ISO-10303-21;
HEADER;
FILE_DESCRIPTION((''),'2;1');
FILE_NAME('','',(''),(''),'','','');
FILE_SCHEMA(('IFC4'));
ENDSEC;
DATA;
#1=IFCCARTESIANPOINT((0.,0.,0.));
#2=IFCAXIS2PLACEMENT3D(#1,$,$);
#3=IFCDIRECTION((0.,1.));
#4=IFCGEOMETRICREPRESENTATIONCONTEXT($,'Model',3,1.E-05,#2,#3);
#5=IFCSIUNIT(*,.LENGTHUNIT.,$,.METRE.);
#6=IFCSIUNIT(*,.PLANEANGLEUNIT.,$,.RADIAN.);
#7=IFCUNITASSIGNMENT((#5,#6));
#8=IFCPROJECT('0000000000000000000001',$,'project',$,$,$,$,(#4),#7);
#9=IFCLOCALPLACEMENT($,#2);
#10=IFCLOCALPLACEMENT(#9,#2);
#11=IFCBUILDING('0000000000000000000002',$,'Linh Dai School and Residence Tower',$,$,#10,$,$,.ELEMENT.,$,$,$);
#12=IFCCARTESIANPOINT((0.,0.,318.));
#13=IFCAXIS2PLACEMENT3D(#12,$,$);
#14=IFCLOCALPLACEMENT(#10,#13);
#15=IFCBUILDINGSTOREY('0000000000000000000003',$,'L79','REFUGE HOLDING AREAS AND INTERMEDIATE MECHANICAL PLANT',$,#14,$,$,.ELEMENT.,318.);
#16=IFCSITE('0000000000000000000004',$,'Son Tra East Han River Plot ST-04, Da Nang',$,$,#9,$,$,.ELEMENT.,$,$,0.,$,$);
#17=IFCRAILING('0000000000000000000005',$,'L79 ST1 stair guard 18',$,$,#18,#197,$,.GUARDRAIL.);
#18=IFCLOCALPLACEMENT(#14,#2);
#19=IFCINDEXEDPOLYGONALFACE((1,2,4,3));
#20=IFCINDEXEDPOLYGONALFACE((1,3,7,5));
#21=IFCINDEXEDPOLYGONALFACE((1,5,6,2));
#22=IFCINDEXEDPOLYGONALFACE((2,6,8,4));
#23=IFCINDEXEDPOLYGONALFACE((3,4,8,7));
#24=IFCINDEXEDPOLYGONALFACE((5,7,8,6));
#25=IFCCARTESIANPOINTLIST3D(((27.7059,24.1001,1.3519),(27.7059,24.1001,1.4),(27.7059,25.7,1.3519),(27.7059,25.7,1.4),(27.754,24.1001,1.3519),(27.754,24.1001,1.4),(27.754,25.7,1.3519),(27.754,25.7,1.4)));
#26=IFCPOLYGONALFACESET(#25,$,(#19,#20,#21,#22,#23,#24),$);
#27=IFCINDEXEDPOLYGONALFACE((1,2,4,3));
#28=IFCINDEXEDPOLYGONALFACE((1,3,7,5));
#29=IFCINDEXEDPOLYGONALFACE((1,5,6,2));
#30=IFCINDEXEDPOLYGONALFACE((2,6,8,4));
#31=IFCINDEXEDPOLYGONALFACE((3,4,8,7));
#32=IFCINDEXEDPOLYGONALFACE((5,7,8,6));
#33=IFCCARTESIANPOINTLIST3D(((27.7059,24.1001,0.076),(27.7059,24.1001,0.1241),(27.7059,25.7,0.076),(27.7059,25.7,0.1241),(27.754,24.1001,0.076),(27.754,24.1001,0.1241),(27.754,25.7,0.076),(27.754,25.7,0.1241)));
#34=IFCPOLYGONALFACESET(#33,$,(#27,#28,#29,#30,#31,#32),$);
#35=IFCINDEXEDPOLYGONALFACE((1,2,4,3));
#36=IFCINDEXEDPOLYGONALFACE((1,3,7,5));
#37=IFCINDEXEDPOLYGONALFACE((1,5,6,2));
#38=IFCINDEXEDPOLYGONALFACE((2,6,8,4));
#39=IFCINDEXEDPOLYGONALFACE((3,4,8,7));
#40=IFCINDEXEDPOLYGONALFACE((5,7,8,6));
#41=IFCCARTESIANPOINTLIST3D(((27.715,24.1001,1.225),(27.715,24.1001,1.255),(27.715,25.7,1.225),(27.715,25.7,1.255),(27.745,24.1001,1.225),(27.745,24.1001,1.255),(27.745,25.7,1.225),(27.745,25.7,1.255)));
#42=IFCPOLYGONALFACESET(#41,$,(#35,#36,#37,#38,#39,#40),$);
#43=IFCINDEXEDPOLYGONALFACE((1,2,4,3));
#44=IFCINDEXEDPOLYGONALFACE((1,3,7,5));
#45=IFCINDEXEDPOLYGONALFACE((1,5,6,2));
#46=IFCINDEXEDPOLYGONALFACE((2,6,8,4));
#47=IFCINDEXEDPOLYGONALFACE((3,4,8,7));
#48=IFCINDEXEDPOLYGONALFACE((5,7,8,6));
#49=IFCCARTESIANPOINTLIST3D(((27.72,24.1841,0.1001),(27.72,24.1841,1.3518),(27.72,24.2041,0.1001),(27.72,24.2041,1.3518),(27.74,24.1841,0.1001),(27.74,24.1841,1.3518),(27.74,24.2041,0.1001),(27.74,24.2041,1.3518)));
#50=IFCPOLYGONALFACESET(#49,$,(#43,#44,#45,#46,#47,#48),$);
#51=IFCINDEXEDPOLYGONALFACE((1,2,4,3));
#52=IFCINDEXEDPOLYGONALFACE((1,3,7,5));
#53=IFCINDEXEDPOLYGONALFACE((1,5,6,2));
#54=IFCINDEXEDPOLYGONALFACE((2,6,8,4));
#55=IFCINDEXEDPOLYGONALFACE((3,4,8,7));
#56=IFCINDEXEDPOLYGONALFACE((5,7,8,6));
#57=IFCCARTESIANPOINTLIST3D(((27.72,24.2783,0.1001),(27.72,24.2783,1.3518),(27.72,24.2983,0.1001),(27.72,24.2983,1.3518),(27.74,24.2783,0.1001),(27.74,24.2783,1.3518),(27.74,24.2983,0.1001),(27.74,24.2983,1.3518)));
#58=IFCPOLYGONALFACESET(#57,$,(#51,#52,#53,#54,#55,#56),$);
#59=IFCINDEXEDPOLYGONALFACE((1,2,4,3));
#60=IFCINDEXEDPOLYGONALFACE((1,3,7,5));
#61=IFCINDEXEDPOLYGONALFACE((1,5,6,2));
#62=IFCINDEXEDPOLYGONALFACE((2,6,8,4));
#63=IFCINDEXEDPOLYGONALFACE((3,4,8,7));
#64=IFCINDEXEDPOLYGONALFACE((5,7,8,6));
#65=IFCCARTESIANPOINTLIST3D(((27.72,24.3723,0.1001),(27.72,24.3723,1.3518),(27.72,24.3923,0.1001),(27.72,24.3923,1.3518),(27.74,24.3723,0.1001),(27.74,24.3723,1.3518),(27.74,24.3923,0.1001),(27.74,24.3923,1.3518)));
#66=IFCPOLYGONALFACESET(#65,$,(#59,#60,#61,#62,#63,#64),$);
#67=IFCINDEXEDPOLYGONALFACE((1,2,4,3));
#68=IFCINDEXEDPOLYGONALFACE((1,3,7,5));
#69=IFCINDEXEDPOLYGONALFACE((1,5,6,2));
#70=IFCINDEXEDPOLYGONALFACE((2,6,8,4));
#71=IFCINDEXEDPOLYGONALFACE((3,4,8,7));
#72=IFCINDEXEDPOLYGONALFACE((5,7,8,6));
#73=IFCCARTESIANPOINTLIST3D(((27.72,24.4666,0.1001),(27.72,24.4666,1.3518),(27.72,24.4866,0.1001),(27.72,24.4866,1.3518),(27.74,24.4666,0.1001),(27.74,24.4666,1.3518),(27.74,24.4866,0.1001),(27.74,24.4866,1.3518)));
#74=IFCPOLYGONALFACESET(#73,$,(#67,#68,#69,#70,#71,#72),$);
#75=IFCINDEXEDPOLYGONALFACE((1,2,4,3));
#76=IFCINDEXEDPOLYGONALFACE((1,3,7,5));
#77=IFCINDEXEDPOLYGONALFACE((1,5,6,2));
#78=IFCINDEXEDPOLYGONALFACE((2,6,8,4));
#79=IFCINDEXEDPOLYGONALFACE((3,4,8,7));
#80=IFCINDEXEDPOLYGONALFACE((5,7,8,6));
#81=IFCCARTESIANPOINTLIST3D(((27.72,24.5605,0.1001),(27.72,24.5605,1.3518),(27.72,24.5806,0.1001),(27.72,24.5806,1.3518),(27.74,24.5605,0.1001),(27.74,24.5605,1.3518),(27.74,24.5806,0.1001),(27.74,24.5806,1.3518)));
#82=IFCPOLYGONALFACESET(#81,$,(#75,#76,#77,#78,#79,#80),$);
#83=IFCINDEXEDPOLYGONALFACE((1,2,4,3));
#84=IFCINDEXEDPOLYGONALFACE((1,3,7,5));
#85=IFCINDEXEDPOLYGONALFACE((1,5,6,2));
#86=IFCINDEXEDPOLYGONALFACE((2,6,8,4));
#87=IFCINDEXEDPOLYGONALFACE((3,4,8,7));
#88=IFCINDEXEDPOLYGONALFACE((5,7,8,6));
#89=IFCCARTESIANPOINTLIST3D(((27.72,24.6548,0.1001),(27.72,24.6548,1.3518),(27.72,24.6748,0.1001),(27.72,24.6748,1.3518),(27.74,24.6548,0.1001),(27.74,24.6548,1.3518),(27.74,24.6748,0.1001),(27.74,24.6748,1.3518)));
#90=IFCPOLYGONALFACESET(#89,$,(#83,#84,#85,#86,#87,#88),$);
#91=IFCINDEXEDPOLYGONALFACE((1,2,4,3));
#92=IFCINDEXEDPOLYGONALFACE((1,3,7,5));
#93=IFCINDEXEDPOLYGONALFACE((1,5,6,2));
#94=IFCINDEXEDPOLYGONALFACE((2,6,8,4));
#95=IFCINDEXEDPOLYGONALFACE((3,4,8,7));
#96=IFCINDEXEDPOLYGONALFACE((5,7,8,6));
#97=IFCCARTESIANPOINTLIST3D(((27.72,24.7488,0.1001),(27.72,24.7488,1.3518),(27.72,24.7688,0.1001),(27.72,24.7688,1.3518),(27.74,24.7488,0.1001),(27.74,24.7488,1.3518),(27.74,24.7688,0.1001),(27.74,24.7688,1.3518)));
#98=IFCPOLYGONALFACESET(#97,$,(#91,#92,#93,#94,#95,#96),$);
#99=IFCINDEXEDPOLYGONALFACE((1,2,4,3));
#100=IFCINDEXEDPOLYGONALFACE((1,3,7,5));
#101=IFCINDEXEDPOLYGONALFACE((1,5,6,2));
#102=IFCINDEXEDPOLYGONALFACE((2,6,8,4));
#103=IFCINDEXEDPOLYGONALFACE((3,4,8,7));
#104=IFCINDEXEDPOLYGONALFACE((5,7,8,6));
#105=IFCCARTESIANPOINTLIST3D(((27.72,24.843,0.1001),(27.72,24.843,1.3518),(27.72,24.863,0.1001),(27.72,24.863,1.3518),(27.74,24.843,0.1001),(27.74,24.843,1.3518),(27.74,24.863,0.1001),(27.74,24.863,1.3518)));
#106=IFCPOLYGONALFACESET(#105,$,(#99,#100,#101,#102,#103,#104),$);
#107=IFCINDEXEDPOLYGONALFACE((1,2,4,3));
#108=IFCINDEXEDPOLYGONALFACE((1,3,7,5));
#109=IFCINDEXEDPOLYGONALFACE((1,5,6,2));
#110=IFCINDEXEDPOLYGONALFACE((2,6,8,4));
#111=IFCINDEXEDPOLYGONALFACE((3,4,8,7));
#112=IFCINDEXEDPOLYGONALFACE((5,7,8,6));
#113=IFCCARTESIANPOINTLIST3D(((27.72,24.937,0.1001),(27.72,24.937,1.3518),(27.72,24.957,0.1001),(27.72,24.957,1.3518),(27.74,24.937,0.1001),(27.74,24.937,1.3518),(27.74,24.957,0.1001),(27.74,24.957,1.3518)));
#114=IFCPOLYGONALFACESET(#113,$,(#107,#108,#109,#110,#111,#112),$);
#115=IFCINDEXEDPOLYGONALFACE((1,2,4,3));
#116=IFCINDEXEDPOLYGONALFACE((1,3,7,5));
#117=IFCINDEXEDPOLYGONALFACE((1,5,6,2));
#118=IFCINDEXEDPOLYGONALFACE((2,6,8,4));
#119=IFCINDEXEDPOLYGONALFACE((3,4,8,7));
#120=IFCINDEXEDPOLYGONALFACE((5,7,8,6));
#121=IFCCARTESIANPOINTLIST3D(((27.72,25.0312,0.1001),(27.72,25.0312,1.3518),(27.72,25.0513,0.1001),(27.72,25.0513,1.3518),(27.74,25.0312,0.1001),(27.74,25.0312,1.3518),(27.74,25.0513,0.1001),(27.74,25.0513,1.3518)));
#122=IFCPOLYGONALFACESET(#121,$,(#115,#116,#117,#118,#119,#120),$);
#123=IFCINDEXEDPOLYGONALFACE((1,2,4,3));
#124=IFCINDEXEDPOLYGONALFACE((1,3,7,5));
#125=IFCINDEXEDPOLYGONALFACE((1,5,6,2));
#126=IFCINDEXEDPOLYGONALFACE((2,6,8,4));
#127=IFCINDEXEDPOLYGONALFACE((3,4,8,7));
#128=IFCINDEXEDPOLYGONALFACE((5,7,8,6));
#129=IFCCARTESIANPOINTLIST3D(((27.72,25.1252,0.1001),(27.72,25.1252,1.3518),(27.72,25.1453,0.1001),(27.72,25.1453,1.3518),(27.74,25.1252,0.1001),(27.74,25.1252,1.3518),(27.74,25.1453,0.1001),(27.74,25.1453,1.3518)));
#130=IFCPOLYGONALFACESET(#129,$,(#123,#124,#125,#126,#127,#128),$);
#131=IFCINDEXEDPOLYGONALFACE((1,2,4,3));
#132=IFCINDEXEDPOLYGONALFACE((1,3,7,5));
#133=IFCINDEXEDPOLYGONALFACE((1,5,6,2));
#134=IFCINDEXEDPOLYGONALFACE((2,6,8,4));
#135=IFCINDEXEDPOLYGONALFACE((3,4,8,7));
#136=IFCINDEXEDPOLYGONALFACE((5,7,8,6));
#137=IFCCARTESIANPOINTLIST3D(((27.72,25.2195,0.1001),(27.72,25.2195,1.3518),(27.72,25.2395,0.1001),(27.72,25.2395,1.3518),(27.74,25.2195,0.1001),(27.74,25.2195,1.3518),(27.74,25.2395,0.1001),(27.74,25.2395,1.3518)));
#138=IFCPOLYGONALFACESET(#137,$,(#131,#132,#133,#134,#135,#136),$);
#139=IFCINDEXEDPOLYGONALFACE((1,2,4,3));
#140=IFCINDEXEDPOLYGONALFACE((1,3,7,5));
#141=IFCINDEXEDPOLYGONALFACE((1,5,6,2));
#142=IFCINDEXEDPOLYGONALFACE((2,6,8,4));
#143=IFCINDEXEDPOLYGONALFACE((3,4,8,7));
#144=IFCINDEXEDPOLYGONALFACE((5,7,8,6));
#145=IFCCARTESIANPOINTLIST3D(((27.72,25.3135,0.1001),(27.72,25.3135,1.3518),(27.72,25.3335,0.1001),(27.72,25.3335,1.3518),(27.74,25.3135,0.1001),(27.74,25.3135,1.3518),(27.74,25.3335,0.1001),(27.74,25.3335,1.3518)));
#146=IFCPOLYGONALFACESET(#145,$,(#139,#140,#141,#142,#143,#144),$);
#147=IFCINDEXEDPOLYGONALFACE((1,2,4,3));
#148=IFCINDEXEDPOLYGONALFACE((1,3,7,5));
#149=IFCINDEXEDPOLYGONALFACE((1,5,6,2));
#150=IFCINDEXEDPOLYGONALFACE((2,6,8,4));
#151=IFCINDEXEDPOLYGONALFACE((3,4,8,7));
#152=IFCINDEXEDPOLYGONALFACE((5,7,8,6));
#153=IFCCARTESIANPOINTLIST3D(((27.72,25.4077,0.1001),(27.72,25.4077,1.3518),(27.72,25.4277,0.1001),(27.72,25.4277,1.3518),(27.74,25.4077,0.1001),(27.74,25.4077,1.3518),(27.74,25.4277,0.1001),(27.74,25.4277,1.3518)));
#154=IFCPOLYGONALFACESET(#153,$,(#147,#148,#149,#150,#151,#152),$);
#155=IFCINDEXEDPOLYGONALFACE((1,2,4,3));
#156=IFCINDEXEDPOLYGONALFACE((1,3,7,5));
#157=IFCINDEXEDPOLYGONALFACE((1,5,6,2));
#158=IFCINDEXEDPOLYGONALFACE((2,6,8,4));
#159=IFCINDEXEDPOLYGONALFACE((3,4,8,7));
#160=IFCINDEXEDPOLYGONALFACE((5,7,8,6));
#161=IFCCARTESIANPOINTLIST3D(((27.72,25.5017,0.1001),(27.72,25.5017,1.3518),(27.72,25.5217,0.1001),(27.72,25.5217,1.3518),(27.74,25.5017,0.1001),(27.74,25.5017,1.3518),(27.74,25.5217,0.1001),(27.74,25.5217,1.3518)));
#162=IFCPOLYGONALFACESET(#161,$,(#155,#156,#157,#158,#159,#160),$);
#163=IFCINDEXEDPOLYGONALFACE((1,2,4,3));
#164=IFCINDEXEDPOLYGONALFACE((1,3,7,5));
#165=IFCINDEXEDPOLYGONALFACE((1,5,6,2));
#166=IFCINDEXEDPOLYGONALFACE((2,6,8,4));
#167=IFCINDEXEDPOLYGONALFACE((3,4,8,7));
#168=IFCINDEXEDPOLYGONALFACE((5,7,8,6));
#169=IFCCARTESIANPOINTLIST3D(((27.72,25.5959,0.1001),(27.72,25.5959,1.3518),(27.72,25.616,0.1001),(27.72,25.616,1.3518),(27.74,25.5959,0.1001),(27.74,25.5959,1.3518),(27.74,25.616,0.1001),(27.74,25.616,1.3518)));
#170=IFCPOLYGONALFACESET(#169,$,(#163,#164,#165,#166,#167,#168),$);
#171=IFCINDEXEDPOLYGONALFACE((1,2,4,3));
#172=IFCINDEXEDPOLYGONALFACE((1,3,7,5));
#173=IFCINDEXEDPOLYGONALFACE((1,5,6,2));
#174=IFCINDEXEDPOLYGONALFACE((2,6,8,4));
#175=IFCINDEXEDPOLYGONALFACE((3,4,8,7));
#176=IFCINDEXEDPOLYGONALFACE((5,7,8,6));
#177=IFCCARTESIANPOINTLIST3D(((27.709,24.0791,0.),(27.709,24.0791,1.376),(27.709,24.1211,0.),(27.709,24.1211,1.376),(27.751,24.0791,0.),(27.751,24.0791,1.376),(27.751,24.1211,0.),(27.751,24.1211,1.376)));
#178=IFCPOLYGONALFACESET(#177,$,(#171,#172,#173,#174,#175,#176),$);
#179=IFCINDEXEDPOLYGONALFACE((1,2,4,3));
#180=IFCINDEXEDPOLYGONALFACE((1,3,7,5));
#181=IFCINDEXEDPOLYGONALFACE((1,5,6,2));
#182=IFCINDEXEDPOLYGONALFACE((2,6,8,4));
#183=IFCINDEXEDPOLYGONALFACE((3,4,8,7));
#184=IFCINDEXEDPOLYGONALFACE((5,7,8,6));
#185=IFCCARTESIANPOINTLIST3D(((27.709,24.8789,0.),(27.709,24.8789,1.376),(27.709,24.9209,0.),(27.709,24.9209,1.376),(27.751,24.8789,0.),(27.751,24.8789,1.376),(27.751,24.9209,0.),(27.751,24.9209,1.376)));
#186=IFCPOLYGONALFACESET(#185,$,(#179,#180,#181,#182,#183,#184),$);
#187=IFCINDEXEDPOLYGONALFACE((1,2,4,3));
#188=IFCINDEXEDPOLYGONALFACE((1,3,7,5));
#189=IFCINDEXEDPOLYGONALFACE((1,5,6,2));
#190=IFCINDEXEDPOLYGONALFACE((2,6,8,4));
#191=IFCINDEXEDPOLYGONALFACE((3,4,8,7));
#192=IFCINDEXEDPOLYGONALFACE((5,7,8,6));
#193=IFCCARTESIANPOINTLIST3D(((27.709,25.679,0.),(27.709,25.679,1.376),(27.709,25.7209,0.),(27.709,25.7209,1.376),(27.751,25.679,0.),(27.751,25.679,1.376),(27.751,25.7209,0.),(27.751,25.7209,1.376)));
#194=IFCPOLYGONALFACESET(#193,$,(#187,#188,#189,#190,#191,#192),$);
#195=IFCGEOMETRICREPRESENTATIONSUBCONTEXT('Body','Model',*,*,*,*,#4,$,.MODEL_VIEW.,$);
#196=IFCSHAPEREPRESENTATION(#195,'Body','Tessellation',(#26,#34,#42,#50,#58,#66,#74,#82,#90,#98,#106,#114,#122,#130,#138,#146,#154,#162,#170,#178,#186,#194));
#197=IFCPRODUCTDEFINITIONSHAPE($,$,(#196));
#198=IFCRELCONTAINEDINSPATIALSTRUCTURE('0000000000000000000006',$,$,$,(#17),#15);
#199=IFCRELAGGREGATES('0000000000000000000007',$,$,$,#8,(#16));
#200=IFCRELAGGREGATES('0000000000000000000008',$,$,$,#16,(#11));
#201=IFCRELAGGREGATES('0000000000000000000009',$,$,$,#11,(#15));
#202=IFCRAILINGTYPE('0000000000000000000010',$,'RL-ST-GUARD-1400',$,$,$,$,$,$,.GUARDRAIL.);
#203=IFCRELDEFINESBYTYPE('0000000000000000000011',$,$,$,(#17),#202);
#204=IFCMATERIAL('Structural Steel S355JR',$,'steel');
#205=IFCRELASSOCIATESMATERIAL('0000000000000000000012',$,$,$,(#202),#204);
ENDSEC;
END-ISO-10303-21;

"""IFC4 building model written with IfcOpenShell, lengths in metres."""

from ifc_helpers import new_model, si_unit, direction, frame, origin, origin_2d, place, context, subcontext, project, spatial, rectangle, extrude, source, transform, mapped, material, type_object, element, save


model = new_model("IFC4")

# Units and contexts
model_context = context("Model", 3, precision=1e-05, world=origin(), true_north=direction((0.0, 1.0)))
body_context = subcontext(model_context, "Body", "Model", "MODEL_VIEW")
ifc_project = project(units=[si_unit("LENGTHUNIT", "METRE"), si_unit("PLANEANGLEUNIT", "RADIAN")], contexts=[model_context])

# Site, building, storey
site_placement = place(None, origin())
site = spatial("IfcSite", under=ifc_project, at=site_placement, Name="Son Tra East Han River Plot ST-04, Da Nang", CompositionType="ELEMENT", RefElevation=0.0)
building_placement = place(site_placement, origin())
building = spatial("IfcBuilding", under=site, at=building_placement, Name="Linh Dai School and Residence Tower", CompositionType="ELEMENT")
storey_placement = place(building_placement, frame((0.0, 0.0, 318.0)))
storey = spatial("IfcBuildingStorey", under=building, at=storey_placement, Name="L79", Description="REFUGE HOLDING AREAS AND INTERMEDIATE MECHANICAL PLANT", CompositionType="ELEMENT", Elevation=318.0)

# Shared definitions
ifc_material_1 = material(Name="Structural Steel S355JR", Category="steel")

# Railing
railing_type_1 = type_object("IfcRailingType", Name="RL-ST-GUARD-1400", PredefinedType="GUARDRAIL", material=ifc_material_1)
shared_shape_1 = source(origin(), body_context, "Body", "SweptSolid", [
    extrude(rectangle(XDim=0.0481, YDim=0.0481, at=origin_2d()), frame((0.0, 0.0, 1.376), z_axis=(0.0, 1.0, 0.0), x_axis=(-1.0, 0.0, 0.0)), (0.0, 0.0, 1.0), 1.5999),
    extrude(rectangle(XDim=0.0481, YDim=0.0481, at=origin_2d()), frame((0.0, 0.0, 0.1001), z_axis=(0.0, 1.0, 0.0), x_axis=(-1.0, 0.0, 0.0)), (0.0, 0.0, 1.0), 1.5999),
    extrude(rectangle(XDim=0.03, YDim=0.03, at=origin_2d()), frame((0.0, 0.0, 1.24), z_axis=(0.0, 1.0, 0.0), x_axis=(-1.0, 0.0, 0.0)), (0.0, 0.0, 1.0), 1.5999),
    extrude(rectangle(XDim=0.02, YDim=0.02, at=origin_2d()), frame((0.0, 0.094, 0.1001)), (0.0, 0.0, 1.0), 1.2517),
    extrude(rectangle(XDim=0.02, YDim=0.02, at=origin_2d()), frame((0.0, 0.1882, 0.1001)), (0.0, 0.0, 1.0), 1.2517),
    extrude(rectangle(XDim=0.02, YDim=0.02, at=origin_2d()), frame((0.0, 0.2822, 0.1001)), (0.0, 0.0, 1.0), 1.2517),
    extrude(rectangle(XDim=0.02, YDim=0.02, at=origin_2d()), frame((0.0, 0.3765, 0.1001)), (0.0, 0.0, 1.0), 1.2517),
    extrude(rectangle(XDim=0.02, YDim=0.02, at=origin_2d()), frame((0.0, 0.4705, 0.1001)), (0.0, 0.0, 1.0), 1.2517),
    extrude(rectangle(XDim=0.02, YDim=0.02, at=origin_2d()), frame((0.0, 0.5647, 0.1001)), (0.0, 0.0, 1.0), 1.2517),
    extrude(rectangle(XDim=0.02, YDim=0.02, at=origin_2d()), frame((0.0, 0.6587, 0.1001)), (0.0, 0.0, 1.0), 1.2517),
    extrude(rectangle(XDim=0.02, YDim=0.02, at=origin_2d()), frame((0.0, 0.7529, 0.1001)), (0.0, 0.0, 1.0), 1.2517),
    extrude(rectangle(XDim=0.02, YDim=0.02, at=origin_2d()), frame((0.0, 0.8469, 0.1001)), (0.0, 0.0, 1.0), 1.2517),
    extrude(rectangle(XDim=0.02, YDim=0.02, at=origin_2d()), frame((0.0, 0.9412, 0.1001)), (0.0, 0.0, 1.0), 1.2517),
    extrude(rectangle(XDim=0.02, YDim=0.02, at=origin_2d()), frame((0.0, 1.0352, 0.1001)), (0.0, 0.0, 1.0), 1.2517),
    extrude(rectangle(XDim=0.02, YDim=0.02, at=origin_2d()), frame((0.0, 1.1294, 0.1001)), (0.0, 0.0, 1.0), 1.2517),
    extrude(rectangle(XDim=0.02, YDim=0.02, at=origin_2d()), frame((0.0, 1.2234, 0.1001)), (0.0, 0.0, 1.0), 1.2517),
    extrude(rectangle(XDim=0.02, YDim=0.02, at=origin_2d()), frame((0.0, 1.3176, 0.1001)), (0.0, 0.0, 1.0), 1.2517),
    extrude(rectangle(XDim=0.02, YDim=0.02, at=origin_2d()), frame((0.0, 1.4116, 0.1001)), (0.0, 0.0, 1.0), 1.2517),
    extrude(rectangle(XDim=0.02, YDim=0.02, at=origin_2d()), frame((0.0, 1.5059, 0.1001)), (0.0, 0.0, 1.0), 1.2517),
    extrude(rectangle(XDim=0.042, YDim=0.042, at=origin_2d()), origin(), (0.0, 0.0, 1.0), 1.376),
    extrude(rectangle(XDim=0.042, YDim=0.042, at=origin_2d()), frame((0.0, 0.7998, 0.0)), (0.0, 0.0, 1.0), 1.376),
    extrude(rectangle(XDim=0.042, YDim=0.042, at=origin_2d()), frame((0.0, 1.5999, 0.0)), (0.0, 0.0, 1.0), 1.376),
])
for number, where, name in (
    (1, (27.73, 24.1001, 0.0), "L79 ST1 stair guard 18"),
):
    element("IfcRailing", number, at=place(storey_placement, frame(where)), inside=storey, type_object=railing_type_1, Name=name, PredefinedType="GUARDRAIL", context=body_context, shape_type="MappedRepresentation", body=[
        mapped(shared_shape_1, transform((0.0, 0.0, 0.0), x_axis=(1.0, 0.0, 0.0), y_axis=(0.0, 1.0, 0.0), z_axis=(0.0, 0.0, 1.0), scale=1.0)),
    ])

save(model, "model.ifc")
